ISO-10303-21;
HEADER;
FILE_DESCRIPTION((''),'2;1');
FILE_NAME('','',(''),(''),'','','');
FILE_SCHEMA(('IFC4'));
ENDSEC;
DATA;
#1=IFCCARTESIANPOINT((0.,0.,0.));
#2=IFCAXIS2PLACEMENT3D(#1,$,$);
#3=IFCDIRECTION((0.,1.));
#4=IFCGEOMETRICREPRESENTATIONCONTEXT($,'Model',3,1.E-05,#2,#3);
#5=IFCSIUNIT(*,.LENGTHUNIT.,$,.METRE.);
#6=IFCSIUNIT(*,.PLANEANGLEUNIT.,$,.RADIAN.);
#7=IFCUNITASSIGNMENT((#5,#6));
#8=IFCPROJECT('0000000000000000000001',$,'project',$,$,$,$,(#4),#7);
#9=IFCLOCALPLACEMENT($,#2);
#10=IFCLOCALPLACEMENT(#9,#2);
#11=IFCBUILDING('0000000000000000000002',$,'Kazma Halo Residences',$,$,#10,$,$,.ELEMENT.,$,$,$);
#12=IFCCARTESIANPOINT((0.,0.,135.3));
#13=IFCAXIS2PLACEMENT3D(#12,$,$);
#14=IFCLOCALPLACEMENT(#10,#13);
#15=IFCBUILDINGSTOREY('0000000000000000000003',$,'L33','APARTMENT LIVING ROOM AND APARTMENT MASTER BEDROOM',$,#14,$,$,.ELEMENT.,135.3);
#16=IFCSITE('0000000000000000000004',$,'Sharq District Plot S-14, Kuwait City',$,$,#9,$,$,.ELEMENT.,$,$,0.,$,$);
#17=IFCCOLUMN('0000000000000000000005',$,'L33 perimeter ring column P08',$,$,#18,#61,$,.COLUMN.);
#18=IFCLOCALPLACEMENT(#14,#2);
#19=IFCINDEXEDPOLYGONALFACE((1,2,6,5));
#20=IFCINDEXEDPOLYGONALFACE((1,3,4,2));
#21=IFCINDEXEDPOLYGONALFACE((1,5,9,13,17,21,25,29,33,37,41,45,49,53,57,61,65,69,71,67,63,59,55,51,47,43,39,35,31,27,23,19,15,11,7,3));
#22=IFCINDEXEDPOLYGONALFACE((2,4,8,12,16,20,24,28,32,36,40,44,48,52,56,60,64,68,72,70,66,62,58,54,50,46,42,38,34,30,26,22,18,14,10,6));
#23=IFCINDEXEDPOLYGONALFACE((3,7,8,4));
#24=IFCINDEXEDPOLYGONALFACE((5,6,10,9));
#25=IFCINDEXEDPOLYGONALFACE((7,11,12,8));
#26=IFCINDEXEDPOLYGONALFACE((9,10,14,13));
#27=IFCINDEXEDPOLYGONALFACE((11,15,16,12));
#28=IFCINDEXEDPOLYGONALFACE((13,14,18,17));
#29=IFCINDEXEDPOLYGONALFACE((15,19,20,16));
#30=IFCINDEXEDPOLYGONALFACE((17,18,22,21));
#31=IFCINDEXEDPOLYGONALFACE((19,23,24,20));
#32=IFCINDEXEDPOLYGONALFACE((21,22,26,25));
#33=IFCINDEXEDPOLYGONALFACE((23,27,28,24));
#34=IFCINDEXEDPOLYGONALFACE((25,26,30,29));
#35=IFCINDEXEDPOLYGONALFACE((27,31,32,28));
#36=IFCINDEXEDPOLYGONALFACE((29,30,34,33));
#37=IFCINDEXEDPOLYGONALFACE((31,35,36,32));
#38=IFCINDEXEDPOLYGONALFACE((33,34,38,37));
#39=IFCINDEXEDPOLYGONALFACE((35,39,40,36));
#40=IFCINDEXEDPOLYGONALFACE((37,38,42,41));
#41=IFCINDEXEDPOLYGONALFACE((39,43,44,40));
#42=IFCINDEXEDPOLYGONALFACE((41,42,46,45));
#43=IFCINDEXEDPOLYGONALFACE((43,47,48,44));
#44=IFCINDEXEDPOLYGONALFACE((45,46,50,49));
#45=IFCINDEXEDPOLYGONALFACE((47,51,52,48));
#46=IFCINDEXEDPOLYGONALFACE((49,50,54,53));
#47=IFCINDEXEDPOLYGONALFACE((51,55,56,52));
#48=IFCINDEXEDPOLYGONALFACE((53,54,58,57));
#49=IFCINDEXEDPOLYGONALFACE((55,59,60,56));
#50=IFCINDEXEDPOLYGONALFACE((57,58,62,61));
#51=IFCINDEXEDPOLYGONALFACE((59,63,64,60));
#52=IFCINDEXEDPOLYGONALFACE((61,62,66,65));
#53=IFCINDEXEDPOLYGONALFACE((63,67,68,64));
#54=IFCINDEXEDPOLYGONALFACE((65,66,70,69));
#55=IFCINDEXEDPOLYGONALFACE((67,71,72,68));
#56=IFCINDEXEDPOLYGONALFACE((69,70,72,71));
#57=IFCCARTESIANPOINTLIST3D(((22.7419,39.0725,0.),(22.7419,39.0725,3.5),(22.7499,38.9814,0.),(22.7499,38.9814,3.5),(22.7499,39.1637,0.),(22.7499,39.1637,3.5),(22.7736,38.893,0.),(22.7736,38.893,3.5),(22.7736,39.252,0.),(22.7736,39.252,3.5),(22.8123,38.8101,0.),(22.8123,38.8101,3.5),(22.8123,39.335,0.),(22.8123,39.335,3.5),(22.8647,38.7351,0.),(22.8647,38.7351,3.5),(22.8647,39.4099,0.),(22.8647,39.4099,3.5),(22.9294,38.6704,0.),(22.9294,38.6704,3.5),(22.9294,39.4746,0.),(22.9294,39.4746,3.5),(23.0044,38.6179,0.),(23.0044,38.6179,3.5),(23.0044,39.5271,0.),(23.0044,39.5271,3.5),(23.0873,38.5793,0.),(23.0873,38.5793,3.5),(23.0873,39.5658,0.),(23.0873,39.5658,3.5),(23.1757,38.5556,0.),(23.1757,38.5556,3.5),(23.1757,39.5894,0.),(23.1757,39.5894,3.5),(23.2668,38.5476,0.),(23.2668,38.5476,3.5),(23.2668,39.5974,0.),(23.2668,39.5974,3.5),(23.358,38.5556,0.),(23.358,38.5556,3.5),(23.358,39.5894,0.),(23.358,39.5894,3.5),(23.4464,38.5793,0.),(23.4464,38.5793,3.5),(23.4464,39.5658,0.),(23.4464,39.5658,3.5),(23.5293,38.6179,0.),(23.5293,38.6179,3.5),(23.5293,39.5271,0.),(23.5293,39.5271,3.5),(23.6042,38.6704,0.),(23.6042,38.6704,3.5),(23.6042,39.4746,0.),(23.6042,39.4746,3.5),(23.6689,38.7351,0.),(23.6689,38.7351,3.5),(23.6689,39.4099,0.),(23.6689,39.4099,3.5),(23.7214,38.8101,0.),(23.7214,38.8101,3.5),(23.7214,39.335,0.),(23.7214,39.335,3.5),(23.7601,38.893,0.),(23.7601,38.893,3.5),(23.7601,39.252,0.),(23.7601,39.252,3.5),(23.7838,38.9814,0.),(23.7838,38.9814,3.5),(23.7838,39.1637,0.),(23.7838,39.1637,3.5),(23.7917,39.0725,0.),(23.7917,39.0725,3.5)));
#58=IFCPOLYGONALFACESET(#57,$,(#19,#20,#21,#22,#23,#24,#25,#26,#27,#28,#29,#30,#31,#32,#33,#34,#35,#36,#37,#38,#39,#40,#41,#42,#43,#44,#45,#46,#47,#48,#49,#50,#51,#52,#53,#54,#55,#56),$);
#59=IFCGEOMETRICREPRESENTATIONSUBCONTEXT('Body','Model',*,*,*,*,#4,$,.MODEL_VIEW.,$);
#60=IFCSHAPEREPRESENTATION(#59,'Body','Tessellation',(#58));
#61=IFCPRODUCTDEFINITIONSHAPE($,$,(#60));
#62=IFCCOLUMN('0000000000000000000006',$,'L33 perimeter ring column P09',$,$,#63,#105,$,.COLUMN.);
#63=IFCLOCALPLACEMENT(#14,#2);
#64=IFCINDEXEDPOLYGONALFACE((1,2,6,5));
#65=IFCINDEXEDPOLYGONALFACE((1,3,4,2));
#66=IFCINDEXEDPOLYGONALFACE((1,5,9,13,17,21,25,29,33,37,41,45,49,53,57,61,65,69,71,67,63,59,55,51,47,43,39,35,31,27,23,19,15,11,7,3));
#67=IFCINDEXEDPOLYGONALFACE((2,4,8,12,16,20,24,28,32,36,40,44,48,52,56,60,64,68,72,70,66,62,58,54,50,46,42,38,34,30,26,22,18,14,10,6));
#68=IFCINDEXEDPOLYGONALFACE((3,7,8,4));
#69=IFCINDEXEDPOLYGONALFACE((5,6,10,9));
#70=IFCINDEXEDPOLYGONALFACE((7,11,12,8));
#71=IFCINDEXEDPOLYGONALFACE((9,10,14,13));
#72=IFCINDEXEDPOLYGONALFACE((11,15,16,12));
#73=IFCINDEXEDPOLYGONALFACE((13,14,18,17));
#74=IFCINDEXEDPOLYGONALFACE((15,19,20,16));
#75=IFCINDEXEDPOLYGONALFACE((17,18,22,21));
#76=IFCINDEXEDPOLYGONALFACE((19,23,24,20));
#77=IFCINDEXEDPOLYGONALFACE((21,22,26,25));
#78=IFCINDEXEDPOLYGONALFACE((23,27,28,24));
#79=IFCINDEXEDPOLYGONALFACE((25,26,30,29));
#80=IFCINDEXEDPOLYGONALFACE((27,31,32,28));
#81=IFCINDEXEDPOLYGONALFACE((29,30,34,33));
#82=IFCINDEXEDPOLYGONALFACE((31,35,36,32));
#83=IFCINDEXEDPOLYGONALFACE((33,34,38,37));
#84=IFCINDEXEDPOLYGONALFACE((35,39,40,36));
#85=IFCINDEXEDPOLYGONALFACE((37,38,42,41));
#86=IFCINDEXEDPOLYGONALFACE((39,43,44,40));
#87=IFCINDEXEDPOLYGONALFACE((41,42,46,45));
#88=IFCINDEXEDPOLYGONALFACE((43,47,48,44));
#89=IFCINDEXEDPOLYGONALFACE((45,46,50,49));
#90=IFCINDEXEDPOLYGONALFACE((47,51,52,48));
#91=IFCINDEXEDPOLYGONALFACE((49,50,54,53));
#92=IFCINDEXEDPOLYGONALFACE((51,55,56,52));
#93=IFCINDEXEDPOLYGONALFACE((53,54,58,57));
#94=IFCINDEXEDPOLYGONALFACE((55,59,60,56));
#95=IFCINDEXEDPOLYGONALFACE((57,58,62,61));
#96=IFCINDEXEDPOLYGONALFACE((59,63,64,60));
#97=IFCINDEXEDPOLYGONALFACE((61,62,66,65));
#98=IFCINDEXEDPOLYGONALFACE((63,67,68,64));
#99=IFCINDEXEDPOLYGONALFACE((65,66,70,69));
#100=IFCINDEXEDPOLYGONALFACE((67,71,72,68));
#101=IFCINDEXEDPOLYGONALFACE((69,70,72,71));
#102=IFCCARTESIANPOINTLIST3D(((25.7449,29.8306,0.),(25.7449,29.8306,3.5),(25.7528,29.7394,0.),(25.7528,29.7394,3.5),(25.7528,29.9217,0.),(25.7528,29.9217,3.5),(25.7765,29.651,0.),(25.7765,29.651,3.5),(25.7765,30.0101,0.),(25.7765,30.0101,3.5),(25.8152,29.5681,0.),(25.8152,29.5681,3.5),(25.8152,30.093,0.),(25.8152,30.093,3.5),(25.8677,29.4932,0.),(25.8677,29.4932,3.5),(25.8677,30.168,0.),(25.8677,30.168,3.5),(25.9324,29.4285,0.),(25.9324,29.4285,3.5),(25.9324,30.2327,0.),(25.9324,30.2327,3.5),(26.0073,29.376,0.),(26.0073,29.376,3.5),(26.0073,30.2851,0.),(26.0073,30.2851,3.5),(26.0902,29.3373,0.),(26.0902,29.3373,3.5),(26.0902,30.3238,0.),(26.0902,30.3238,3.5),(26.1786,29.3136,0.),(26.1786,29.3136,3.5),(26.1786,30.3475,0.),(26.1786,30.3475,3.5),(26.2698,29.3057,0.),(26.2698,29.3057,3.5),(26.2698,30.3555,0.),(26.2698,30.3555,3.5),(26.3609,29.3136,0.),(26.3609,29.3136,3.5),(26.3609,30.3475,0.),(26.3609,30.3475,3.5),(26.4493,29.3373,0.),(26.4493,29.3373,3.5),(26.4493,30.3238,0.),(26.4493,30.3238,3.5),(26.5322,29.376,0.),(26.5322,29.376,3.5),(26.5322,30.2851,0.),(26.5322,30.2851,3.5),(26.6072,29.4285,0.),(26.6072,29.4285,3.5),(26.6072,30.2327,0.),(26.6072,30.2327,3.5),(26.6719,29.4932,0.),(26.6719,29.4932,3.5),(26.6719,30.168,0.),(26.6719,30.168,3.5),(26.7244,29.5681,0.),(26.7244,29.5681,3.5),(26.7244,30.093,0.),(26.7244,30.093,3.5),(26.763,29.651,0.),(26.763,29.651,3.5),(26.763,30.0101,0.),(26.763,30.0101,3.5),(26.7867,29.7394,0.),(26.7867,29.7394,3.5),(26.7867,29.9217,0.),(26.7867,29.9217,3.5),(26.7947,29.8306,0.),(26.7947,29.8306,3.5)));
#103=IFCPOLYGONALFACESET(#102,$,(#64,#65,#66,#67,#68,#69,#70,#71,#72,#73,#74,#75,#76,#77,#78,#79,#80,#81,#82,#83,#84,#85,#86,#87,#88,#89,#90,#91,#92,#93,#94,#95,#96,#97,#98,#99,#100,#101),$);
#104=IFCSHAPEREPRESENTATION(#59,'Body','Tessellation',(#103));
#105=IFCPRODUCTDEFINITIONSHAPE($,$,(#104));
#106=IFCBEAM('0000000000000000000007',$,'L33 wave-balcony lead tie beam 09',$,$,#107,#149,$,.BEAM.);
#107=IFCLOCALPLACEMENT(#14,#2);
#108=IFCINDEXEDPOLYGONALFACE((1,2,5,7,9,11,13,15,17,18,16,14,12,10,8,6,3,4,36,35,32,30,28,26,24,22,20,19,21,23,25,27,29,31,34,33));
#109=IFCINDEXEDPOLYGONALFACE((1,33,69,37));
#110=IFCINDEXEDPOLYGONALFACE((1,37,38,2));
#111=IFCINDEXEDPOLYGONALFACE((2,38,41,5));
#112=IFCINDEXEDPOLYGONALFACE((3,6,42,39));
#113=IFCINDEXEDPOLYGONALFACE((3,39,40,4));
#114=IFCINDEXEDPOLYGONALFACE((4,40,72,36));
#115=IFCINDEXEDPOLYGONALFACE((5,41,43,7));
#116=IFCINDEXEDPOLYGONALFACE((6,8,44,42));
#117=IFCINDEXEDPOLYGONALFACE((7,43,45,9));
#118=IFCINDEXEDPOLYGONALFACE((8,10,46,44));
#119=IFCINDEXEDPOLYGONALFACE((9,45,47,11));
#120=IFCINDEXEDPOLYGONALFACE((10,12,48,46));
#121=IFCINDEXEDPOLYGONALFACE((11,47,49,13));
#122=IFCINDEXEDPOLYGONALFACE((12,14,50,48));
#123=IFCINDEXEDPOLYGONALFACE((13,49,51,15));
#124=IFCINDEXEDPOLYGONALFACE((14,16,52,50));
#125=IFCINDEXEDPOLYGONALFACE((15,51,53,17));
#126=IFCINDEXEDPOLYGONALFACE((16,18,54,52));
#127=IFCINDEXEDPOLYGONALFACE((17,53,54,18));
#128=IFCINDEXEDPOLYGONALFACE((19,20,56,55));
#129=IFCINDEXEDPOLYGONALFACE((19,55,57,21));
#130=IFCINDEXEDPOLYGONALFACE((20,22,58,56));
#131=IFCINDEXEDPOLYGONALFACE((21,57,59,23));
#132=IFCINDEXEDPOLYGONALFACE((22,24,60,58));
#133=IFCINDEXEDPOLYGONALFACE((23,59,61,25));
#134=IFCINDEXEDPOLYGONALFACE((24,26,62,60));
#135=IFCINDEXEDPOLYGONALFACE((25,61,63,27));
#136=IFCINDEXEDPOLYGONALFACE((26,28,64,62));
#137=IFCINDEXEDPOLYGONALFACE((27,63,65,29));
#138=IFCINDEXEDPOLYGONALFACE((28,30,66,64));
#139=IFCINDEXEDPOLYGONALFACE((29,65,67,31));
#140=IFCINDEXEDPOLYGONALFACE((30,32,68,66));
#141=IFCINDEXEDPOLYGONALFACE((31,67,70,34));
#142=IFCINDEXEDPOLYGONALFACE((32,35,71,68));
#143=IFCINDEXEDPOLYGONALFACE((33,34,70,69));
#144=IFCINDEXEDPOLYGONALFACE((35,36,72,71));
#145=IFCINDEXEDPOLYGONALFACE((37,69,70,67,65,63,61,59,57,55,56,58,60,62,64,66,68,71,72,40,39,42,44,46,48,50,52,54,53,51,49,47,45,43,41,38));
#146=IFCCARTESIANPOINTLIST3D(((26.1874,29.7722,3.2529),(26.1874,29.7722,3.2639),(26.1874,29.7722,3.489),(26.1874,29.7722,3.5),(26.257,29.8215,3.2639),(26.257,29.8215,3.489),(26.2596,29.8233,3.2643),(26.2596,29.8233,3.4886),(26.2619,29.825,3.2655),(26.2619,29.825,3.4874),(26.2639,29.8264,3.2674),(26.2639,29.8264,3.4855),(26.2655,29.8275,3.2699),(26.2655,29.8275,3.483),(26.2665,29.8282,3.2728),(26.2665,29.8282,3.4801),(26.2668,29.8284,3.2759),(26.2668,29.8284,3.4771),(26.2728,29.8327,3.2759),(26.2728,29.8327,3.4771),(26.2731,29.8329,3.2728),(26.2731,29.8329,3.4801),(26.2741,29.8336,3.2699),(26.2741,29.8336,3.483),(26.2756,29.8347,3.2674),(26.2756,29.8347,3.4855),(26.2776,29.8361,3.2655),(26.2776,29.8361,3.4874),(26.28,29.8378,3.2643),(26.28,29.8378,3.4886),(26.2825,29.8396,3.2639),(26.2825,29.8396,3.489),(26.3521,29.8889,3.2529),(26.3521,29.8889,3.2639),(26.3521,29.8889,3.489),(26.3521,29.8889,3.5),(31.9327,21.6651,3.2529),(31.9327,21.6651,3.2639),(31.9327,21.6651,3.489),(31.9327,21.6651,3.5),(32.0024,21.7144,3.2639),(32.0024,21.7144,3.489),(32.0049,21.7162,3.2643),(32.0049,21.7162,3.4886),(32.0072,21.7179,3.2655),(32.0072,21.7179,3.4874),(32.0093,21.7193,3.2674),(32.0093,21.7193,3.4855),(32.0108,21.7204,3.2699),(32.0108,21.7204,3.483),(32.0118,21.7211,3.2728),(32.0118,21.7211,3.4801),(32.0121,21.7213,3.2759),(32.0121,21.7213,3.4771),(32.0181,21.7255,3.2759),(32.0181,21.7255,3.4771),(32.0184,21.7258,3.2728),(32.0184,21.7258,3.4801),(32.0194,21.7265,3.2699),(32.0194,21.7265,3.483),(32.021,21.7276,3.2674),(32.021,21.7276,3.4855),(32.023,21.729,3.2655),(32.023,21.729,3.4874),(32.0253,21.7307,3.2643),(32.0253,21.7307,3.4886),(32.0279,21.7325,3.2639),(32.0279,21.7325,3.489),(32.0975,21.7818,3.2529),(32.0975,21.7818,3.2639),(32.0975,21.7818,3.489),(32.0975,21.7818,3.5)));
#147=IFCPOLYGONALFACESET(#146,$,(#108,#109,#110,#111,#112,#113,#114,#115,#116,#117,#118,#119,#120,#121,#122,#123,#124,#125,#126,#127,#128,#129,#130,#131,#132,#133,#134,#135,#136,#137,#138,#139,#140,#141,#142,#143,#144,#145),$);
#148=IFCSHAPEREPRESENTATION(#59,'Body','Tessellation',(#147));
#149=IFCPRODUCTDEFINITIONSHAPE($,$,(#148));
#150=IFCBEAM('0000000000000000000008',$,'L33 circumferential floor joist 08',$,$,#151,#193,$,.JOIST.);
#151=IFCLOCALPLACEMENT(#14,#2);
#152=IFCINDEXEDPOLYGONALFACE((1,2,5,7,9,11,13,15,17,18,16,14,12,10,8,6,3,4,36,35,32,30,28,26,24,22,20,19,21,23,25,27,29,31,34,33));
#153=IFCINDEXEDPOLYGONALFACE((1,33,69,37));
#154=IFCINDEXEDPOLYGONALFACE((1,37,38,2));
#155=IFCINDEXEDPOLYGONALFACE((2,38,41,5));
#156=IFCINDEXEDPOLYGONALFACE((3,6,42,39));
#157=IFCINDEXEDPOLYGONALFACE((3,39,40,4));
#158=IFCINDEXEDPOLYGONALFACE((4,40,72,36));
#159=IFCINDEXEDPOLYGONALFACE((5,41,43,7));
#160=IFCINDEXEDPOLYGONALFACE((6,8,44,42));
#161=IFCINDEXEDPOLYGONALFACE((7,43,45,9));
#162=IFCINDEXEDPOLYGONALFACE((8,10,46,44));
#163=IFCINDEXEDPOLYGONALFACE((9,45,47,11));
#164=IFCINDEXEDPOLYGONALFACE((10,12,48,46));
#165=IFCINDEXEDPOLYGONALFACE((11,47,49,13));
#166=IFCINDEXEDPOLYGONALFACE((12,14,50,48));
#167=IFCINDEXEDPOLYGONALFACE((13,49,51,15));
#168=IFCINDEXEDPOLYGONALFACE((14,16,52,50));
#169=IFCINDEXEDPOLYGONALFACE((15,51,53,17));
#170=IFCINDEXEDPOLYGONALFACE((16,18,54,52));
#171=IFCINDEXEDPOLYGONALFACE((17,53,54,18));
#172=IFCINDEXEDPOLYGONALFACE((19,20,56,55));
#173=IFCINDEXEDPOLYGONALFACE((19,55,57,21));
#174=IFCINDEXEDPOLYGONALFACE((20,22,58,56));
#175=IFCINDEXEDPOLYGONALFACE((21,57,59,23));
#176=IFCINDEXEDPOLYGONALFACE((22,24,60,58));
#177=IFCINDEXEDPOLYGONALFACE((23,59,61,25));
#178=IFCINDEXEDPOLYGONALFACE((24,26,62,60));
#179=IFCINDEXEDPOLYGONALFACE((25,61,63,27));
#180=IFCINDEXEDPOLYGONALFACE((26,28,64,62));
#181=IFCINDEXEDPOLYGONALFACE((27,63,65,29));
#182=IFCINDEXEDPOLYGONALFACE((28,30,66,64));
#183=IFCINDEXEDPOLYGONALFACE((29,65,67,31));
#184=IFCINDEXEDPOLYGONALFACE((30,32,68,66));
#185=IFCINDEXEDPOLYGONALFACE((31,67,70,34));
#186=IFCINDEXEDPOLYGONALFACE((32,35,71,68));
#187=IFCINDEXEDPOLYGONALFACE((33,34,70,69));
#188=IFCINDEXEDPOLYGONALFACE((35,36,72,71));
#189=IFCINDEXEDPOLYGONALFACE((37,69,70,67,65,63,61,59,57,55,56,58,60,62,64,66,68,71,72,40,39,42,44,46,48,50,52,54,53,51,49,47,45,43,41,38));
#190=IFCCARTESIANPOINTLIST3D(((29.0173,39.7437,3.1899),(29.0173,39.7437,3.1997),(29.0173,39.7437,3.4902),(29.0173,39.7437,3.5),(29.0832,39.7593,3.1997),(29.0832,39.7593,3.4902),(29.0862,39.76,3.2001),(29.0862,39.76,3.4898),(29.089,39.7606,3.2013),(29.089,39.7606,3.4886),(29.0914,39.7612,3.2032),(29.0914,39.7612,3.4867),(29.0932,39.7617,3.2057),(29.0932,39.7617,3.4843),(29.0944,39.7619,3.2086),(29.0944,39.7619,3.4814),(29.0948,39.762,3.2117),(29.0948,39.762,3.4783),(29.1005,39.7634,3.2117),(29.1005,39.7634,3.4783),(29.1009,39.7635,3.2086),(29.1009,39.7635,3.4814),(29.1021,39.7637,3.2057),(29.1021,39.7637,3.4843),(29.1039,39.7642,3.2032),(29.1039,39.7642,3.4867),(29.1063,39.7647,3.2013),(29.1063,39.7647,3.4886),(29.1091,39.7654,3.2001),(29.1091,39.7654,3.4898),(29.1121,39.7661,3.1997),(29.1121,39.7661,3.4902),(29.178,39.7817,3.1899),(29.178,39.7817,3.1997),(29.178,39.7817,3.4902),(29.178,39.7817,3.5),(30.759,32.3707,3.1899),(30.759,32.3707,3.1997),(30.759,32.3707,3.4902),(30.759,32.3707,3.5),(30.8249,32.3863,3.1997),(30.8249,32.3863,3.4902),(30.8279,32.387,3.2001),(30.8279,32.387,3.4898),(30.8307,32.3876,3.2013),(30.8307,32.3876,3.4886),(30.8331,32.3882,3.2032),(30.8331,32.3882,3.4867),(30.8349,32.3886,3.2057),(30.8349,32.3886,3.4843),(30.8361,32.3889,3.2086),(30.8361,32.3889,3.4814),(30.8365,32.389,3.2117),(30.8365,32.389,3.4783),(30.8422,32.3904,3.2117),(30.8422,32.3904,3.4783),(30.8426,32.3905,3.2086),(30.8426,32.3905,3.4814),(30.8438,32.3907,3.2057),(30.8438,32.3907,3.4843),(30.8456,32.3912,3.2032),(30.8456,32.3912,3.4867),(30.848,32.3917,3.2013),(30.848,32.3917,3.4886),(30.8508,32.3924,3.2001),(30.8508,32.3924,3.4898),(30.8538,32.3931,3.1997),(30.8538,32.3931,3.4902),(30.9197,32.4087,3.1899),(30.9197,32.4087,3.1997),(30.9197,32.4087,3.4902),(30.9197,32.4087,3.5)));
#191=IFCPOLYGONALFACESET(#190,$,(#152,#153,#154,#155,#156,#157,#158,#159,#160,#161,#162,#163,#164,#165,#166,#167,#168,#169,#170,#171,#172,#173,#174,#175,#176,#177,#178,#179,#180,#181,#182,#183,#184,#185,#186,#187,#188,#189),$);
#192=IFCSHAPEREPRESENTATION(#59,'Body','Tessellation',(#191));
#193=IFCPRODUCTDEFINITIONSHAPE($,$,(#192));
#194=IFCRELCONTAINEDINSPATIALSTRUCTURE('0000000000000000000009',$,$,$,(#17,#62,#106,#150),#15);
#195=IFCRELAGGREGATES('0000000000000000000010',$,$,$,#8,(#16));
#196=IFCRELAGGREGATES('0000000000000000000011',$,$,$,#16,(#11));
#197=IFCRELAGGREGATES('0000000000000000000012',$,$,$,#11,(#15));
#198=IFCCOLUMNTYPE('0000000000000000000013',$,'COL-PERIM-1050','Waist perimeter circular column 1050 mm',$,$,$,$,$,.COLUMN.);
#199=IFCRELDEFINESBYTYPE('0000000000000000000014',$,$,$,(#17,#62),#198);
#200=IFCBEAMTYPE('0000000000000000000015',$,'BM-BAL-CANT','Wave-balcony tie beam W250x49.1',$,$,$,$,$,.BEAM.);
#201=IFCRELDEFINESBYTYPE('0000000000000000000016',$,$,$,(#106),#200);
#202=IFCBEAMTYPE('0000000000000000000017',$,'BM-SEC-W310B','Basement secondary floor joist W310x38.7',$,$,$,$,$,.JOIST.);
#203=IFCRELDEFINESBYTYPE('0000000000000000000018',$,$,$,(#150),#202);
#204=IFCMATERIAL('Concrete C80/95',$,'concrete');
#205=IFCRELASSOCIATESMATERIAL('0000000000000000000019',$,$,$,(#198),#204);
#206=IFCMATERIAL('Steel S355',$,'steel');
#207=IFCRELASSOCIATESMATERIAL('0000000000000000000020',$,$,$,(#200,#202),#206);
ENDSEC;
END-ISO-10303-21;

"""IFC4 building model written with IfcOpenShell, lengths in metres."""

from ifc_helpers import new_model, si_unit, direction, frame, origin, origin_2d, place, context, subcontext, project, spatial, circle, i_section, extrude, material, material_profile, profile_set, type_object, element, save


model = new_model("IFC4")

# Units and contexts
model_context = context("Model", 3, precision=1e-05, world=origin(), true_north=direction((0.0, 1.0)))
body_context = subcontext(model_context, "Body", "Model", "MODEL_VIEW")
ifc_project = project(units=[si_unit("LENGTHUNIT", "METRE"), si_unit("PLANEANGLEUNIT", "RADIAN")], contexts=[model_context])

# Site, building, storey
site_placement = place(None, origin())
site = spatial("IfcSite", under=ifc_project, at=site_placement, Name="Sharq District Plot S-14, Kuwait City", CompositionType="ELEMENT", RefElevation=0.0)
building_placement = place(site_placement, origin())
building = spatial("IfcBuilding", under=site, at=building_placement, Name="Kazma Halo Residences", CompositionType="ELEMENT")
storey_placement = place(building_placement, frame((0.0, 0.0, 135.3)))
storey = spatial("IfcBuildingStorey", under=building, at=storey_placement, Name="L33", Description="APARTMENT LIVING ROOM AND APARTMENT MASTER BEDROOM", CompositionType="ELEMENT", Elevation=135.3)

# Columns
ifc_material_1 = material(Name="Concrete C80/95", Category="concrete")
ifc_material_profile_1 = material_profile(ifc_material_1, circle(Radius=0.5249, at=origin_2d()), Name="CIRC1050")
ifc_profile_set_1 = profile_set([ifc_material_profile_1], Name="Concrete C80/95")
column_type = type_object("IfcColumnType", Name="COL-PERIM-1050", Description="Waist perimeter circular column 1050 mm", PredefinedType="COLUMN", material=ifc_profile_set_1)
for number, where, z_axis, x_axis, name in (
    (1, (23.2668, 39.0725, 0.0), (0.0, 0.0, 1.0), (1.0, 0.0, 0.0), "L33 perimeter ring column P08"),
    (2, (26.2698, 29.8306, 0.0), (0.0, 0.0, 1.0), (1.0, 0.0, 0.0), "L33 perimeter ring column P09"),
):
    element("IfcColumn", number, at=place(storey_placement, frame(where, z_axis=z_axis, x_axis=x_axis)), inside=storey, type_object=column_type, Name=name, PredefinedType="COLUMN", context=body_context, shape_type="SweptSolid", body=[
        extrude(circle(Radius=0.5249, at=origin_2d()), origin(), (0.0, 0.0, 1.0), 3.5),
    ])

# Beams
ifc_material_2 = material(Name="Steel S355", Category="steel")
ifc_material_profile_2 = material_profile(ifc_material_2, i_section(OverallWidth=0.2019, OverallDepth=0.2471, WebThickness=0.0073, FlangeThickness=0.011, FilletRadius=0.012, at=origin_2d()), Name="W250x49.1")
ifc_profile_set_2 = profile_set([ifc_material_profile_2], Name="Steel S355")
beam_type_1 = type_object("IfcBeamType", Name="BM-BAL-CANT", Description="Wave-balcony tie beam W250x49.1", PredefinedType="BEAM", material=ifc_profile_set_2)
beam_1_placement = place(storey_placement, frame((26.2698, 29.8306, 3.3765), z_axis=(0.578203, -0.815893, 0.0), x_axis=(0.815893, 0.578203, 0.0)))
element("IfcBeam", 3, at=beam_1_placement, inside=storey, type_object=beam_type_1, Name="L33 wave-balcony lead tie beam 09", PredefinedType="BEAM", context=body_context, shape_type="SweptSolid", body=[
    extrude(i_section(OverallWidth=0.2019, OverallDepth=0.2471, WebThickness=0.0073, FlangeThickness=0.011, FilletRadius=0.012, at=origin_2d()), origin(), (0.0, 0.0, 1.0), 9.9365),
])
ifc_material_profile_3 = material_profile(ifc_material_2, i_section(OverallWidth=0.165, OverallDepth=0.3101, WebThickness=0.0059, FlangeThickness=0.0098, FilletRadius=0.012, at=origin_2d()), Name="W310x38.7")
ifc_profile_set_3 = profile_set([ifc_material_profile_3], Name="Steel S355")
beam_type_2 = type_object("IfcBeamType", Name="BM-SEC-W310B", Description="Basement secondary floor joist W310x38.7", PredefinedType="JOIST", material=ifc_profile_set_3)
beam_2_placement = place(storey_placement, frame((29.0977, 39.7627, 3.345), z_axis=(0.229898, -0.973215, 0.0), x_axis=(0.973215, 0.229898, 0.0)))
element("IfcBeam", 4, at=beam_2_placement, inside=storey, type_object=beam_type_2, Name="L33 circumferential floor joist 08", PredefinedType="JOIST", context=body_context, shape_type="SweptSolid", body=[
    extrude(i_section(OverallWidth=0.165, OverallDepth=0.3101, WebThickness=0.0059, FlangeThickness=0.0098, FilletRadius=0.012, at=origin_2d()), origin(), (0.0, 0.0, 1.0), 7.5759),
])

save(model, "model.ifc")
